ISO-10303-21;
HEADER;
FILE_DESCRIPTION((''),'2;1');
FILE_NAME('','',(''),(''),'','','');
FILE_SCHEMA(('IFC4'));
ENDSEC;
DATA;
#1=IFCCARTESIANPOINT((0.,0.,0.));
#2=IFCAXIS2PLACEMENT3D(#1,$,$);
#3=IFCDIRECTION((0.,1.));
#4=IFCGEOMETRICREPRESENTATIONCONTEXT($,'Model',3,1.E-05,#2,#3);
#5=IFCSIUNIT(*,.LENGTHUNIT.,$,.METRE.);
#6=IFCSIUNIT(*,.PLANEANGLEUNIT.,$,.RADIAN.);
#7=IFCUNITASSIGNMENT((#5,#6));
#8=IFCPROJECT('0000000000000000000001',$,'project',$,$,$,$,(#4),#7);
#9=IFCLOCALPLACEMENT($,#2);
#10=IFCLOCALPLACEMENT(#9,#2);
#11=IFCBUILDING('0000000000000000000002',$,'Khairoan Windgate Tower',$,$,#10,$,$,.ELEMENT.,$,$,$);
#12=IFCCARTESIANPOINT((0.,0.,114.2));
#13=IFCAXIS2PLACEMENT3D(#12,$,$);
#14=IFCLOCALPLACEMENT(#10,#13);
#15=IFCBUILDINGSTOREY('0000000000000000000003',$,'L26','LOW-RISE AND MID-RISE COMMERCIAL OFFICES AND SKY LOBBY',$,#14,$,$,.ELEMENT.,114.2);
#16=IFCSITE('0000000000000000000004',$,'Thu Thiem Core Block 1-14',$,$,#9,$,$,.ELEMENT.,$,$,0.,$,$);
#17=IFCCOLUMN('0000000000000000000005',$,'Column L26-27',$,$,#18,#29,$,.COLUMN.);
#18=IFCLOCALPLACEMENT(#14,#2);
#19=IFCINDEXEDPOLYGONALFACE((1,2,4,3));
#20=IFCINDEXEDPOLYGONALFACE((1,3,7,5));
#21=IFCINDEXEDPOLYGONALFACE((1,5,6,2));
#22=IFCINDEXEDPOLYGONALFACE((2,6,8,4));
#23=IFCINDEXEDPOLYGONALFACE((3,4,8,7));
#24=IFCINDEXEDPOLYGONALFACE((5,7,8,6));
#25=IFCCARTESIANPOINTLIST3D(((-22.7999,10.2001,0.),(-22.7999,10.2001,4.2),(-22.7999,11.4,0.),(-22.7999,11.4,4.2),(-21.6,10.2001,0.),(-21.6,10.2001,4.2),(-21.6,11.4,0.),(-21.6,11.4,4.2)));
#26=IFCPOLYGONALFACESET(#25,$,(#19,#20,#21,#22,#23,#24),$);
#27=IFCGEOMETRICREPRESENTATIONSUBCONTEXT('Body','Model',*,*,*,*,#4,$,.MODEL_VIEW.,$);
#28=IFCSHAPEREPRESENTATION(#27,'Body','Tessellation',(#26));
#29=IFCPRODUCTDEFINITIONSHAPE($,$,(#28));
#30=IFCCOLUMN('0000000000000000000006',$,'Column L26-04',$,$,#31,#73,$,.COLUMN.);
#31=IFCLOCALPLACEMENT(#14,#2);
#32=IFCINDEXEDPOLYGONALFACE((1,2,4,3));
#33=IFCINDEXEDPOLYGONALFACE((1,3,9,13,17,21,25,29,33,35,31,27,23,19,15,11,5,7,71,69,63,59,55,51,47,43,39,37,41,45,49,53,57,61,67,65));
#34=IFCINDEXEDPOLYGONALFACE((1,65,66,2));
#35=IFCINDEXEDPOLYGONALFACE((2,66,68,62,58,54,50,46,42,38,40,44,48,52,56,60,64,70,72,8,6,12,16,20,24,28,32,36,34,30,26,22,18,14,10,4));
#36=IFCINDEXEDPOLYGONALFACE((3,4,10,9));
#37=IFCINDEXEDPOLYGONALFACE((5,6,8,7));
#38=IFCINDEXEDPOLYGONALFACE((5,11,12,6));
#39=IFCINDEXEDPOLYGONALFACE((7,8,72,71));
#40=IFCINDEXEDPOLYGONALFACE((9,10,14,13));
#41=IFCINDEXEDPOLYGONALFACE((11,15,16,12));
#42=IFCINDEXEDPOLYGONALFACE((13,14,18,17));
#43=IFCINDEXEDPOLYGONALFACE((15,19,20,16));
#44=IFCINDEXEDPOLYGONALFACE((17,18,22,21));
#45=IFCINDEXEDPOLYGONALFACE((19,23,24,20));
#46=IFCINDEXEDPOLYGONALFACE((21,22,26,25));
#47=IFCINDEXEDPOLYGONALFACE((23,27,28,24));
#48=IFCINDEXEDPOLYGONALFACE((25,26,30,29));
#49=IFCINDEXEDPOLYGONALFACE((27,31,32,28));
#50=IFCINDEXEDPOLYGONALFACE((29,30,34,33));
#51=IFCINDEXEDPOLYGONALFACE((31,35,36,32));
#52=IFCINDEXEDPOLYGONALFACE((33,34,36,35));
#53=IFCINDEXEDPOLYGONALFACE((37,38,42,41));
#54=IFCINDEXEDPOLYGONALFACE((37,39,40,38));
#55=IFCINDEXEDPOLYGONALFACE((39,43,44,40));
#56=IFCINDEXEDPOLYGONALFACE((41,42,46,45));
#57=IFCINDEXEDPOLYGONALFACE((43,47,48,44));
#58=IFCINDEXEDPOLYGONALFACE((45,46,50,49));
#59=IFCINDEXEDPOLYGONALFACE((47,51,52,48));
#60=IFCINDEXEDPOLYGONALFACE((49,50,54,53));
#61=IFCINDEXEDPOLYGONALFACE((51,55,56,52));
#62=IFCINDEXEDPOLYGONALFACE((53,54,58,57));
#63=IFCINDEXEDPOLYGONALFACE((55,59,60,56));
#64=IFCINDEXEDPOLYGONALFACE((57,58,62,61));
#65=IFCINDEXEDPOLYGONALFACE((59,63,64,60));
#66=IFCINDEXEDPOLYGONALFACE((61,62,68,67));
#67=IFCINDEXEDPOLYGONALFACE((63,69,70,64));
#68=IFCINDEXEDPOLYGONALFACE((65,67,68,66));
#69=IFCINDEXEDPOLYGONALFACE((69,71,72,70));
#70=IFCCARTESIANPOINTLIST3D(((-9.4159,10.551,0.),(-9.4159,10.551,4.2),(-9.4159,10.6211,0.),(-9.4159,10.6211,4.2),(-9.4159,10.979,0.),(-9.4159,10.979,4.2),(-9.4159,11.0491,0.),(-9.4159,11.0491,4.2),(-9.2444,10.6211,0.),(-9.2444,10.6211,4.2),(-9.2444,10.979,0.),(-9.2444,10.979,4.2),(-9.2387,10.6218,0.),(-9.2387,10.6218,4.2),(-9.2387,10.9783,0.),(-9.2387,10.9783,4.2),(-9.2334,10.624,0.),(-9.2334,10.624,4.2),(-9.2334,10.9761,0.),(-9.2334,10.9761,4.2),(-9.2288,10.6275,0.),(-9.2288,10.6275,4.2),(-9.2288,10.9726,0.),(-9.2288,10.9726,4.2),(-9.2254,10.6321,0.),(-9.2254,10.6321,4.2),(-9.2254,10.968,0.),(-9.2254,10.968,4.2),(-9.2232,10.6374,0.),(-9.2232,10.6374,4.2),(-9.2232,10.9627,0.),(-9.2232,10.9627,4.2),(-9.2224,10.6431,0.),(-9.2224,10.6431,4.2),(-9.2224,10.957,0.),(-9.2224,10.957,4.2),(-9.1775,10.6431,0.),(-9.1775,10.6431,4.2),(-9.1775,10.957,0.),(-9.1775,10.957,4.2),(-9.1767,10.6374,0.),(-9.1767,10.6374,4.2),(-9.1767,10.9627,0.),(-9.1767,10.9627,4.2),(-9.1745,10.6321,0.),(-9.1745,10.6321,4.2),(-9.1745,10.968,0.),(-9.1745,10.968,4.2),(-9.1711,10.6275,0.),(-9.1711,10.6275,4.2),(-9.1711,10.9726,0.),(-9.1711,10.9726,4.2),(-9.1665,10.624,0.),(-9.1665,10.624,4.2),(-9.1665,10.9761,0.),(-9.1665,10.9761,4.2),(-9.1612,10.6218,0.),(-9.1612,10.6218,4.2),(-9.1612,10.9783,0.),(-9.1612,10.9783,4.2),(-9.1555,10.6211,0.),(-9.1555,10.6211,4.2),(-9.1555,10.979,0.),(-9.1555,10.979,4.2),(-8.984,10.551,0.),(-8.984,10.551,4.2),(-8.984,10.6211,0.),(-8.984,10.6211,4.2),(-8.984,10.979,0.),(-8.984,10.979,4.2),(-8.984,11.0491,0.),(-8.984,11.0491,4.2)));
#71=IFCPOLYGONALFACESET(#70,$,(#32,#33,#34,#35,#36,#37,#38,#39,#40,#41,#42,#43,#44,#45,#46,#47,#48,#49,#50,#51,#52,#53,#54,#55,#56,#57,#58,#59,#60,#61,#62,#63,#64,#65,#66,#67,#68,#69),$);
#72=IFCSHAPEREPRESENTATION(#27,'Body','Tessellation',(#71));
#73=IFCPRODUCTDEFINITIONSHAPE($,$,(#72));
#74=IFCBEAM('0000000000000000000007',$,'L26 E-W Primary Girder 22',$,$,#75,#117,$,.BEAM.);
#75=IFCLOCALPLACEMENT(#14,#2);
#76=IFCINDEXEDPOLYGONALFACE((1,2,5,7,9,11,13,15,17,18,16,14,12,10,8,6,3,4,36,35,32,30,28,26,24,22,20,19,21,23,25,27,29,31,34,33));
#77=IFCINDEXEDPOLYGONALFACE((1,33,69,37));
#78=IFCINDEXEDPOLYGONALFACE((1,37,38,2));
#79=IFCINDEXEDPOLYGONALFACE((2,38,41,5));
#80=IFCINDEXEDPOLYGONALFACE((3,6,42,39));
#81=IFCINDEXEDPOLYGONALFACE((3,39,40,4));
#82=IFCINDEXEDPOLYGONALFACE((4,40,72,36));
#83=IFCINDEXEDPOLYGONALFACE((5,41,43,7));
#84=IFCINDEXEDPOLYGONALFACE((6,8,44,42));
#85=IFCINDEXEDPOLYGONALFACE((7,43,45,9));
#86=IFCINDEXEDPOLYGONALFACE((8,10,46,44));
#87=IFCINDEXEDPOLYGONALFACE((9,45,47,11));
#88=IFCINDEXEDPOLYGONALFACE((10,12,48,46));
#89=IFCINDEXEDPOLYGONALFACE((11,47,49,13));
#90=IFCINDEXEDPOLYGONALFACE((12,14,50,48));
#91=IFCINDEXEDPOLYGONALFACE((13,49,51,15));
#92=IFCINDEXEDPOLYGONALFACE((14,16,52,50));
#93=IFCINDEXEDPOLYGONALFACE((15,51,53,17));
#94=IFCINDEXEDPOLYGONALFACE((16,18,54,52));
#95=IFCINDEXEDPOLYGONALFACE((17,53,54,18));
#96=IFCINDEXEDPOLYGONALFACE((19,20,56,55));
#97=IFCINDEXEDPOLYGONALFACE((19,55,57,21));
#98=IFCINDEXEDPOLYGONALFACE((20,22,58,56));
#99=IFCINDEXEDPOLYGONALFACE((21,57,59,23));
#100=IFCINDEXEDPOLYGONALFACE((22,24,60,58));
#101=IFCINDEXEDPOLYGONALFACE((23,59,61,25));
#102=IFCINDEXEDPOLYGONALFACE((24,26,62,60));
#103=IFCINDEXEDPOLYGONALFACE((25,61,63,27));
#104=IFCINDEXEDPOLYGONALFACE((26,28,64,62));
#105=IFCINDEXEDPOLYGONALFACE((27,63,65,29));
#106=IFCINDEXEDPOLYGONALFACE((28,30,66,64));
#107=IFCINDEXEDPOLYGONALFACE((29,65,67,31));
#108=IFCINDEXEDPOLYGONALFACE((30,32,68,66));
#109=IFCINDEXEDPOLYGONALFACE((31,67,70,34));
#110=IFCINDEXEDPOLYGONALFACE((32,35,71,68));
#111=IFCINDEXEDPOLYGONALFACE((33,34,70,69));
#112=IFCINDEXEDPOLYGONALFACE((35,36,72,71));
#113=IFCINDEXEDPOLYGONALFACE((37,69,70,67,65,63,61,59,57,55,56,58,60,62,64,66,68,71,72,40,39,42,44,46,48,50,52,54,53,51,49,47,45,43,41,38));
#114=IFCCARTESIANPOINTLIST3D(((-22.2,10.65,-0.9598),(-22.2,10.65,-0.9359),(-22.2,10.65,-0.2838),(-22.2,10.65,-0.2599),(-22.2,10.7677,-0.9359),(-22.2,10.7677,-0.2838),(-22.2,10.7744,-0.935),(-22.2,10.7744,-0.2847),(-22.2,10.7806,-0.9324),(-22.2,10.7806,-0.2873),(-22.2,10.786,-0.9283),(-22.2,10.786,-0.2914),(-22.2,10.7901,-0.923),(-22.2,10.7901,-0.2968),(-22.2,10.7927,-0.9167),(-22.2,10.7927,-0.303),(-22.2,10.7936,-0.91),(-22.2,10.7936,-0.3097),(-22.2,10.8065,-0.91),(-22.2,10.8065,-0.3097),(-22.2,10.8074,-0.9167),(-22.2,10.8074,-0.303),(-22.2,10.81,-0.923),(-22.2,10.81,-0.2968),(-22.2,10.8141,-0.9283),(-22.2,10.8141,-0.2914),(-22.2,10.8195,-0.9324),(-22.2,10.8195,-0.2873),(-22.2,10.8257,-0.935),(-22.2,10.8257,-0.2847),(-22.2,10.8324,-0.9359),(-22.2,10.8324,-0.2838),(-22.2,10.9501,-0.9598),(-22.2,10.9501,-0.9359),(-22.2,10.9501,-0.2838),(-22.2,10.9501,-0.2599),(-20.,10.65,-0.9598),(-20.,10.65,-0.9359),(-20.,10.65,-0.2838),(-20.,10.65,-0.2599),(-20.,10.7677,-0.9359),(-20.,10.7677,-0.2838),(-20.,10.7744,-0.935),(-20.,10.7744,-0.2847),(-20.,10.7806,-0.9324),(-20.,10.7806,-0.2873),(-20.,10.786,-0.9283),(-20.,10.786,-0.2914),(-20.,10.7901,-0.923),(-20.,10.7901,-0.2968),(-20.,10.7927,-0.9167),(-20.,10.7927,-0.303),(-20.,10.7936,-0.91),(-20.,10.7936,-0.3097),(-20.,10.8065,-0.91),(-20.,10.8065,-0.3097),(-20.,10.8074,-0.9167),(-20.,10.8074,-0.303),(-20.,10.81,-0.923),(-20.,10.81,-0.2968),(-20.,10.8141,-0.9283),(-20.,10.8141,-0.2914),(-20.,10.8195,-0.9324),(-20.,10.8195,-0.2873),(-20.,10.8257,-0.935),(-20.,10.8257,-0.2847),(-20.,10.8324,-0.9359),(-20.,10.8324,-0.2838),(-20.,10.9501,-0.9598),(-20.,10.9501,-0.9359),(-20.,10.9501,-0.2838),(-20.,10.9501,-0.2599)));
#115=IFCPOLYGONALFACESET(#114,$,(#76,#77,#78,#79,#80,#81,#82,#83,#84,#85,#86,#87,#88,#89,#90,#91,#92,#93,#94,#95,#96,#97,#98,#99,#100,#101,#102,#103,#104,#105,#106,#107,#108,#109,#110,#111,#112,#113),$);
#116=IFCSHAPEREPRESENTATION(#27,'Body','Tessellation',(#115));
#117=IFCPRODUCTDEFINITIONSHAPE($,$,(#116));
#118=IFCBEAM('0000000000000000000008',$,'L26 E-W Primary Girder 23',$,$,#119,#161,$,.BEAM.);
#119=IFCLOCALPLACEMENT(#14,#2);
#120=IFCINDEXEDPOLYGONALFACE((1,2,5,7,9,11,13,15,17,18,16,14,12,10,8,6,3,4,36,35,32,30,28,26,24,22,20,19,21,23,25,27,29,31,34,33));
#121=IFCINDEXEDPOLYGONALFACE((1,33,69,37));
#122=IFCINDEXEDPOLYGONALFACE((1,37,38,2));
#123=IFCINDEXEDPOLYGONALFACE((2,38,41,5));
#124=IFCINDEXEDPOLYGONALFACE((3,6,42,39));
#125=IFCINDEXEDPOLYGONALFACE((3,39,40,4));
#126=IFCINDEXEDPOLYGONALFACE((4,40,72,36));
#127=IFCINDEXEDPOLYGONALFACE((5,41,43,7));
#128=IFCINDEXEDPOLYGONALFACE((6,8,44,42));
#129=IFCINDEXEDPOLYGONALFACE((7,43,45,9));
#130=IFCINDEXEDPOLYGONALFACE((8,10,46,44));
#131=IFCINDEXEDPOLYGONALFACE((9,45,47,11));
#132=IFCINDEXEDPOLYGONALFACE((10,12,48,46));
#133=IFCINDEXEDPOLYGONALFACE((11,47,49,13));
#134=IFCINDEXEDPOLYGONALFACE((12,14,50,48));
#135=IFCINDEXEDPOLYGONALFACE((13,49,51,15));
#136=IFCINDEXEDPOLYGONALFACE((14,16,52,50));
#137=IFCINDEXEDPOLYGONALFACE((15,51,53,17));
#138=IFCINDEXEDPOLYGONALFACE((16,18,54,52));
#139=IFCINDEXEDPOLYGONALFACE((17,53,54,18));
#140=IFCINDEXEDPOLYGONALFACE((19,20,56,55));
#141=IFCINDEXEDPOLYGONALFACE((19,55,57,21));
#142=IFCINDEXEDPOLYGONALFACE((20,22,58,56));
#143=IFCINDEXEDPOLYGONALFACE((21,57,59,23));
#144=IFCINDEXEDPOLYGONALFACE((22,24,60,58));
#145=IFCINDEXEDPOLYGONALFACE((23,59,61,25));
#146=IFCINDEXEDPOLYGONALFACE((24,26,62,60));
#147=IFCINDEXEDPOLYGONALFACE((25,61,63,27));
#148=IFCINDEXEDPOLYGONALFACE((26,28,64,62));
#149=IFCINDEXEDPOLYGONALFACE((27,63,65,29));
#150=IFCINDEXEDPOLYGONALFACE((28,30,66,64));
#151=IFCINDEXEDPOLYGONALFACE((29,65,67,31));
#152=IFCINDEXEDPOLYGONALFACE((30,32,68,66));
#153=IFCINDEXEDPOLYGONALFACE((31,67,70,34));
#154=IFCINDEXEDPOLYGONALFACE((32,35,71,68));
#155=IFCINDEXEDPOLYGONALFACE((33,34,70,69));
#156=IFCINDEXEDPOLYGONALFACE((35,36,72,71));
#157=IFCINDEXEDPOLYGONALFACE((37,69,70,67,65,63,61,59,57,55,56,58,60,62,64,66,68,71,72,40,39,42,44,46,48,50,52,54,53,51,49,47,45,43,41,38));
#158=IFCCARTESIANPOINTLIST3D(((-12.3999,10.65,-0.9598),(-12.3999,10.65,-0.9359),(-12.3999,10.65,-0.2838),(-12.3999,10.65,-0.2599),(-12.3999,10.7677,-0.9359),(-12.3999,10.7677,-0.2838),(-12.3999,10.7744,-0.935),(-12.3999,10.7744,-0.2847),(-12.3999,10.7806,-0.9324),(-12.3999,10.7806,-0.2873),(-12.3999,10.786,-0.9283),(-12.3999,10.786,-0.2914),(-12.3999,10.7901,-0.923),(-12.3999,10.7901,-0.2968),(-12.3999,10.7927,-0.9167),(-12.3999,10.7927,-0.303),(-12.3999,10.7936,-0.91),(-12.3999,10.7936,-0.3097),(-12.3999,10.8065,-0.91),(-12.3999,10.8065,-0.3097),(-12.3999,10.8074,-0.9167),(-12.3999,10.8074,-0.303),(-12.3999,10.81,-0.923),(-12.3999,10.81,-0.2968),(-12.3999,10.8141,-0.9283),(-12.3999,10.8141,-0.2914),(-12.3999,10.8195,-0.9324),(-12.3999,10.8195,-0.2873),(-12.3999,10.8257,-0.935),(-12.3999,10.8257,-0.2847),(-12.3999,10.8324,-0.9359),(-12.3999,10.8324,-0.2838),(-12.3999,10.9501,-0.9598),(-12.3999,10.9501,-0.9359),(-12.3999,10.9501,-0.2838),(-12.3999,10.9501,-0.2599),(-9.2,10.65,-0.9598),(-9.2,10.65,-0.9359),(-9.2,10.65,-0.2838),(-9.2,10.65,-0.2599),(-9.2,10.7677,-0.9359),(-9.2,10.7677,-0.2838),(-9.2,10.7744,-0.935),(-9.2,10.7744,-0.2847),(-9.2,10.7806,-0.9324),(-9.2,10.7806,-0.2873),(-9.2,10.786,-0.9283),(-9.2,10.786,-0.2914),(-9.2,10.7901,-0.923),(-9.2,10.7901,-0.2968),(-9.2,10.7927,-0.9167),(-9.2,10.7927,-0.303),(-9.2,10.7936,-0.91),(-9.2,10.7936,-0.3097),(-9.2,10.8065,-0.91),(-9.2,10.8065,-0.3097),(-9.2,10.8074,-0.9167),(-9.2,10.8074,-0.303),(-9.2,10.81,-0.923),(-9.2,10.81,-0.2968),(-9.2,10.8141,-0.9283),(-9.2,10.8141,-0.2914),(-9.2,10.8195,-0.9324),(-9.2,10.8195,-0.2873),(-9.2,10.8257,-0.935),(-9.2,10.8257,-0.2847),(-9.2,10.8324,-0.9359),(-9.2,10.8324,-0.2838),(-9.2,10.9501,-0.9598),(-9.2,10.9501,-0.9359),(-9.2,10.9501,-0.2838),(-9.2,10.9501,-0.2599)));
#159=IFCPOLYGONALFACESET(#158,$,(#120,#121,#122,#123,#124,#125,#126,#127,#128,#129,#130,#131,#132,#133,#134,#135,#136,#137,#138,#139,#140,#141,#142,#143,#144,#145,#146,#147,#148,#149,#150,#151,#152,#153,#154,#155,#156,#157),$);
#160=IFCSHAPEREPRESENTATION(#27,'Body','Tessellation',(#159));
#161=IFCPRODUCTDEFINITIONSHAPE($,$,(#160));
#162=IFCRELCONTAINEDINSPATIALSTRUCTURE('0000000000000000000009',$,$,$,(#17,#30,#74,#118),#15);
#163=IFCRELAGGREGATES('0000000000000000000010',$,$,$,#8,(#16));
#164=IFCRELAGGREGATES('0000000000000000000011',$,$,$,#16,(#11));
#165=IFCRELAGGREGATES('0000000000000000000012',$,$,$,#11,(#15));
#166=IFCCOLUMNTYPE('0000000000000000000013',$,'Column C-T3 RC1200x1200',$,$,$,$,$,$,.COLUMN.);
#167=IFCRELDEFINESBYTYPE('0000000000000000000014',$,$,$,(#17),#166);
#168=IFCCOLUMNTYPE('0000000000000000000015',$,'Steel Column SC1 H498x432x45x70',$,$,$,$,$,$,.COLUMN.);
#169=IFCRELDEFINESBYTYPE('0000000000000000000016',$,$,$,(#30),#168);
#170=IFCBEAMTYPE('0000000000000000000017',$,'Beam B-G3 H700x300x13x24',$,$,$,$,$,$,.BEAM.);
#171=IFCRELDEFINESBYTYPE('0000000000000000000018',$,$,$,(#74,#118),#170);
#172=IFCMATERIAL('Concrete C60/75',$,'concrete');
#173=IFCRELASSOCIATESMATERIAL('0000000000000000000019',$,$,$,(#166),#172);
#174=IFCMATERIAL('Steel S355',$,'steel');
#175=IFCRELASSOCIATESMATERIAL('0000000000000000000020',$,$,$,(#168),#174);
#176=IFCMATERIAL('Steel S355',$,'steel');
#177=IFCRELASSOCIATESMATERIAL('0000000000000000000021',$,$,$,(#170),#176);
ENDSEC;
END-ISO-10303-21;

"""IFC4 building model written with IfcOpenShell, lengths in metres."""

from ifc_helpers import new_model, si_unit, direction, frame, origin, origin_2d, place, context, subcontext, project, spatial, rectangle, i_section, extrude, material, material_profile, profile_set, type_object, element, save


model = new_model("IFC4")

# Units and contexts
model_context = context("Model", 3, precision=1e-05, world=origin(), true_north=direction((0.0, 1.0)))
body_context = subcontext(model_context, "Body", "Model", "MODEL_VIEW")
ifc_project = project(units=[si_unit("LENGTHUNIT", "METRE"), si_unit("PLANEANGLEUNIT", "RADIAN")], contexts=[model_context])

# Site, building, storey
site_placement = place(None, origin())
site = spatial("IfcSite", under=ifc_project, at=site_placement, Name="Thu Thiem Core Block 1-14", CompositionType="ELEMENT", RefElevation=0.0)
building_placement = place(site_placement, origin())
building = spatial("IfcBuilding", under=site, at=building_placement, Name="Khairoan Windgate Tower", CompositionType="ELEMENT")
storey_placement = place(building_placement, frame((0.0, 0.0, 114.2)))
storey = spatial("IfcBuildingStorey", under=building, at=storey_placement, Name="L26", Description="LOW-RISE AND MID-RISE COMMERCIAL OFFICES AND SKY LOBBY", CompositionType="ELEMENT", Elevation=114.2)

# Columns
ifc_material_1 = material(Name="Concrete C60/75", Category="concrete")
ifc_material_profile_1 = material_profile(ifc_material_1, rectangle(XDim=1.2, YDim=1.2, at=origin_2d()))
ifc_profile_set_1 = profile_set([ifc_material_profile_1], Name="Concrete C60/75")
column_type_1 = type_object("IfcColumnType", Name="Column C-T3 RC1200x1200", PredefinedType="COLUMN", material=ifc_profile_set_1)
column_1_placement = place(storey_placement, frame((-22.2, 10.8, 0.0), z_axis=(0.0, 0.0, 1.0), x_axis=(1.0, 0.0, 0.0)))
element("IfcColumn", 1, at=column_1_placement, inside=storey, type_object=column_type_1, Name="Column L26-27", PredefinedType="COLUMN", context=body_context, shape_type="SweptSolid", body=[
    extrude(rectangle(XDim=1.2, YDim=1.2, at=origin_2d()), origin(), (0.0, 0.0, 1.0), 4.2),
])
ifc_material_2 = material(Name="Steel S355", Category="steel")
ifc_material_profile_2 = material_profile(ifc_material_2, i_section(OverallWidth=0.4319, OverallDepth=0.498, WebThickness=0.0449, FlangeThickness=0.0701, FilletRadius=0.022, at=origin_2d()))
ifc_profile_set_2 = profile_set([ifc_material_profile_2], Name="Steel S355")
column_type_2 = type_object("IfcColumnType", Name="Steel Column SC1 H498x432x45x70", PredefinedType="COLUMN", material=ifc_profile_set_2)
column_2_placement = place(storey_placement, frame((-9.2, 10.8, 0.0), z_axis=(0.0, 0.0, 1.0), x_axis=(1.0, 0.0, 0.0)))
element("IfcColumn", 2, at=column_2_placement, inside=storey, type_object=column_type_2, Name="Column L26-04", PredefinedType="COLUMN", context=body_context, shape_type="SweptSolid", body=[
    extrude(i_section(OverallWidth=0.4319, OverallDepth=0.498, WebThickness=0.0449, FlangeThickness=0.0701, FilletRadius=0.022, at=origin_2d()), origin(), (0.0, 0.0, 1.0), 4.2),
])

# Beams
ifc_material_3 = material(Name="Steel S355", Category="steel")
ifc_material_profile_3 = material_profile(ifc_material_3, i_section(OverallWidth=0.3, OverallDepth=0.7, WebThickness=0.0129, FlangeThickness=0.0239, FilletRadius=0.0259, at=origin_2d()))
ifc_profile_set_3 = profile_set([ifc_material_profile_3], Name="Steel S355")
beam_type_1 = type_object("IfcBeamType", Name="Beam B-G3 H700x300x13x24", PredefinedType="BEAM", material=ifc_profile_set_3)
beam_1_placement = place(storey_placement, frame((-22.2, 10.8, -0.6099), z_axis=(1.0, 0.0, 0.0), x_axis=(0.0, 1.0, 0.0)))
element("IfcBeam", 3, at=beam_1_placement, inside=storey, type_object=beam_type_1, Name="L26 E-W Primary Girder 22", PredefinedType="BEAM", context=body_context, shape_type="SweptSolid", body=[
    extrude(i_section(OverallWidth=0.3, OverallDepth=0.7, WebThickness=0.0129, FlangeThickness=0.0239, FilletRadius=0.0259, at=origin_2d()), origin(), (0.0, 0.0, 1.0), 2.2),
])
beam_2_placement = place(storey_placement, frame((-12.3999, 10.8, -0.6099), z_axis=(1.0, 0.0, 0.0), x_axis=(0.0, 1.0, 0.0)))
element("IfcBeam", 4, at=beam_2_placement, inside=storey, type_object=beam_type_1, Name="L26 E-W Primary Girder 23", PredefinedType="BEAM", context=body_context, shape_type="SweptSolid", body=[
    extrude(i_section(OverallWidth=0.3, OverallDepth=0.7, WebThickness=0.0129, FlangeThickness=0.0239, FilletRadius=0.0259, at=origin_2d()), origin(), (0.0, 0.0, 1.0), 3.2),
])

save(model, "model.ifc")
